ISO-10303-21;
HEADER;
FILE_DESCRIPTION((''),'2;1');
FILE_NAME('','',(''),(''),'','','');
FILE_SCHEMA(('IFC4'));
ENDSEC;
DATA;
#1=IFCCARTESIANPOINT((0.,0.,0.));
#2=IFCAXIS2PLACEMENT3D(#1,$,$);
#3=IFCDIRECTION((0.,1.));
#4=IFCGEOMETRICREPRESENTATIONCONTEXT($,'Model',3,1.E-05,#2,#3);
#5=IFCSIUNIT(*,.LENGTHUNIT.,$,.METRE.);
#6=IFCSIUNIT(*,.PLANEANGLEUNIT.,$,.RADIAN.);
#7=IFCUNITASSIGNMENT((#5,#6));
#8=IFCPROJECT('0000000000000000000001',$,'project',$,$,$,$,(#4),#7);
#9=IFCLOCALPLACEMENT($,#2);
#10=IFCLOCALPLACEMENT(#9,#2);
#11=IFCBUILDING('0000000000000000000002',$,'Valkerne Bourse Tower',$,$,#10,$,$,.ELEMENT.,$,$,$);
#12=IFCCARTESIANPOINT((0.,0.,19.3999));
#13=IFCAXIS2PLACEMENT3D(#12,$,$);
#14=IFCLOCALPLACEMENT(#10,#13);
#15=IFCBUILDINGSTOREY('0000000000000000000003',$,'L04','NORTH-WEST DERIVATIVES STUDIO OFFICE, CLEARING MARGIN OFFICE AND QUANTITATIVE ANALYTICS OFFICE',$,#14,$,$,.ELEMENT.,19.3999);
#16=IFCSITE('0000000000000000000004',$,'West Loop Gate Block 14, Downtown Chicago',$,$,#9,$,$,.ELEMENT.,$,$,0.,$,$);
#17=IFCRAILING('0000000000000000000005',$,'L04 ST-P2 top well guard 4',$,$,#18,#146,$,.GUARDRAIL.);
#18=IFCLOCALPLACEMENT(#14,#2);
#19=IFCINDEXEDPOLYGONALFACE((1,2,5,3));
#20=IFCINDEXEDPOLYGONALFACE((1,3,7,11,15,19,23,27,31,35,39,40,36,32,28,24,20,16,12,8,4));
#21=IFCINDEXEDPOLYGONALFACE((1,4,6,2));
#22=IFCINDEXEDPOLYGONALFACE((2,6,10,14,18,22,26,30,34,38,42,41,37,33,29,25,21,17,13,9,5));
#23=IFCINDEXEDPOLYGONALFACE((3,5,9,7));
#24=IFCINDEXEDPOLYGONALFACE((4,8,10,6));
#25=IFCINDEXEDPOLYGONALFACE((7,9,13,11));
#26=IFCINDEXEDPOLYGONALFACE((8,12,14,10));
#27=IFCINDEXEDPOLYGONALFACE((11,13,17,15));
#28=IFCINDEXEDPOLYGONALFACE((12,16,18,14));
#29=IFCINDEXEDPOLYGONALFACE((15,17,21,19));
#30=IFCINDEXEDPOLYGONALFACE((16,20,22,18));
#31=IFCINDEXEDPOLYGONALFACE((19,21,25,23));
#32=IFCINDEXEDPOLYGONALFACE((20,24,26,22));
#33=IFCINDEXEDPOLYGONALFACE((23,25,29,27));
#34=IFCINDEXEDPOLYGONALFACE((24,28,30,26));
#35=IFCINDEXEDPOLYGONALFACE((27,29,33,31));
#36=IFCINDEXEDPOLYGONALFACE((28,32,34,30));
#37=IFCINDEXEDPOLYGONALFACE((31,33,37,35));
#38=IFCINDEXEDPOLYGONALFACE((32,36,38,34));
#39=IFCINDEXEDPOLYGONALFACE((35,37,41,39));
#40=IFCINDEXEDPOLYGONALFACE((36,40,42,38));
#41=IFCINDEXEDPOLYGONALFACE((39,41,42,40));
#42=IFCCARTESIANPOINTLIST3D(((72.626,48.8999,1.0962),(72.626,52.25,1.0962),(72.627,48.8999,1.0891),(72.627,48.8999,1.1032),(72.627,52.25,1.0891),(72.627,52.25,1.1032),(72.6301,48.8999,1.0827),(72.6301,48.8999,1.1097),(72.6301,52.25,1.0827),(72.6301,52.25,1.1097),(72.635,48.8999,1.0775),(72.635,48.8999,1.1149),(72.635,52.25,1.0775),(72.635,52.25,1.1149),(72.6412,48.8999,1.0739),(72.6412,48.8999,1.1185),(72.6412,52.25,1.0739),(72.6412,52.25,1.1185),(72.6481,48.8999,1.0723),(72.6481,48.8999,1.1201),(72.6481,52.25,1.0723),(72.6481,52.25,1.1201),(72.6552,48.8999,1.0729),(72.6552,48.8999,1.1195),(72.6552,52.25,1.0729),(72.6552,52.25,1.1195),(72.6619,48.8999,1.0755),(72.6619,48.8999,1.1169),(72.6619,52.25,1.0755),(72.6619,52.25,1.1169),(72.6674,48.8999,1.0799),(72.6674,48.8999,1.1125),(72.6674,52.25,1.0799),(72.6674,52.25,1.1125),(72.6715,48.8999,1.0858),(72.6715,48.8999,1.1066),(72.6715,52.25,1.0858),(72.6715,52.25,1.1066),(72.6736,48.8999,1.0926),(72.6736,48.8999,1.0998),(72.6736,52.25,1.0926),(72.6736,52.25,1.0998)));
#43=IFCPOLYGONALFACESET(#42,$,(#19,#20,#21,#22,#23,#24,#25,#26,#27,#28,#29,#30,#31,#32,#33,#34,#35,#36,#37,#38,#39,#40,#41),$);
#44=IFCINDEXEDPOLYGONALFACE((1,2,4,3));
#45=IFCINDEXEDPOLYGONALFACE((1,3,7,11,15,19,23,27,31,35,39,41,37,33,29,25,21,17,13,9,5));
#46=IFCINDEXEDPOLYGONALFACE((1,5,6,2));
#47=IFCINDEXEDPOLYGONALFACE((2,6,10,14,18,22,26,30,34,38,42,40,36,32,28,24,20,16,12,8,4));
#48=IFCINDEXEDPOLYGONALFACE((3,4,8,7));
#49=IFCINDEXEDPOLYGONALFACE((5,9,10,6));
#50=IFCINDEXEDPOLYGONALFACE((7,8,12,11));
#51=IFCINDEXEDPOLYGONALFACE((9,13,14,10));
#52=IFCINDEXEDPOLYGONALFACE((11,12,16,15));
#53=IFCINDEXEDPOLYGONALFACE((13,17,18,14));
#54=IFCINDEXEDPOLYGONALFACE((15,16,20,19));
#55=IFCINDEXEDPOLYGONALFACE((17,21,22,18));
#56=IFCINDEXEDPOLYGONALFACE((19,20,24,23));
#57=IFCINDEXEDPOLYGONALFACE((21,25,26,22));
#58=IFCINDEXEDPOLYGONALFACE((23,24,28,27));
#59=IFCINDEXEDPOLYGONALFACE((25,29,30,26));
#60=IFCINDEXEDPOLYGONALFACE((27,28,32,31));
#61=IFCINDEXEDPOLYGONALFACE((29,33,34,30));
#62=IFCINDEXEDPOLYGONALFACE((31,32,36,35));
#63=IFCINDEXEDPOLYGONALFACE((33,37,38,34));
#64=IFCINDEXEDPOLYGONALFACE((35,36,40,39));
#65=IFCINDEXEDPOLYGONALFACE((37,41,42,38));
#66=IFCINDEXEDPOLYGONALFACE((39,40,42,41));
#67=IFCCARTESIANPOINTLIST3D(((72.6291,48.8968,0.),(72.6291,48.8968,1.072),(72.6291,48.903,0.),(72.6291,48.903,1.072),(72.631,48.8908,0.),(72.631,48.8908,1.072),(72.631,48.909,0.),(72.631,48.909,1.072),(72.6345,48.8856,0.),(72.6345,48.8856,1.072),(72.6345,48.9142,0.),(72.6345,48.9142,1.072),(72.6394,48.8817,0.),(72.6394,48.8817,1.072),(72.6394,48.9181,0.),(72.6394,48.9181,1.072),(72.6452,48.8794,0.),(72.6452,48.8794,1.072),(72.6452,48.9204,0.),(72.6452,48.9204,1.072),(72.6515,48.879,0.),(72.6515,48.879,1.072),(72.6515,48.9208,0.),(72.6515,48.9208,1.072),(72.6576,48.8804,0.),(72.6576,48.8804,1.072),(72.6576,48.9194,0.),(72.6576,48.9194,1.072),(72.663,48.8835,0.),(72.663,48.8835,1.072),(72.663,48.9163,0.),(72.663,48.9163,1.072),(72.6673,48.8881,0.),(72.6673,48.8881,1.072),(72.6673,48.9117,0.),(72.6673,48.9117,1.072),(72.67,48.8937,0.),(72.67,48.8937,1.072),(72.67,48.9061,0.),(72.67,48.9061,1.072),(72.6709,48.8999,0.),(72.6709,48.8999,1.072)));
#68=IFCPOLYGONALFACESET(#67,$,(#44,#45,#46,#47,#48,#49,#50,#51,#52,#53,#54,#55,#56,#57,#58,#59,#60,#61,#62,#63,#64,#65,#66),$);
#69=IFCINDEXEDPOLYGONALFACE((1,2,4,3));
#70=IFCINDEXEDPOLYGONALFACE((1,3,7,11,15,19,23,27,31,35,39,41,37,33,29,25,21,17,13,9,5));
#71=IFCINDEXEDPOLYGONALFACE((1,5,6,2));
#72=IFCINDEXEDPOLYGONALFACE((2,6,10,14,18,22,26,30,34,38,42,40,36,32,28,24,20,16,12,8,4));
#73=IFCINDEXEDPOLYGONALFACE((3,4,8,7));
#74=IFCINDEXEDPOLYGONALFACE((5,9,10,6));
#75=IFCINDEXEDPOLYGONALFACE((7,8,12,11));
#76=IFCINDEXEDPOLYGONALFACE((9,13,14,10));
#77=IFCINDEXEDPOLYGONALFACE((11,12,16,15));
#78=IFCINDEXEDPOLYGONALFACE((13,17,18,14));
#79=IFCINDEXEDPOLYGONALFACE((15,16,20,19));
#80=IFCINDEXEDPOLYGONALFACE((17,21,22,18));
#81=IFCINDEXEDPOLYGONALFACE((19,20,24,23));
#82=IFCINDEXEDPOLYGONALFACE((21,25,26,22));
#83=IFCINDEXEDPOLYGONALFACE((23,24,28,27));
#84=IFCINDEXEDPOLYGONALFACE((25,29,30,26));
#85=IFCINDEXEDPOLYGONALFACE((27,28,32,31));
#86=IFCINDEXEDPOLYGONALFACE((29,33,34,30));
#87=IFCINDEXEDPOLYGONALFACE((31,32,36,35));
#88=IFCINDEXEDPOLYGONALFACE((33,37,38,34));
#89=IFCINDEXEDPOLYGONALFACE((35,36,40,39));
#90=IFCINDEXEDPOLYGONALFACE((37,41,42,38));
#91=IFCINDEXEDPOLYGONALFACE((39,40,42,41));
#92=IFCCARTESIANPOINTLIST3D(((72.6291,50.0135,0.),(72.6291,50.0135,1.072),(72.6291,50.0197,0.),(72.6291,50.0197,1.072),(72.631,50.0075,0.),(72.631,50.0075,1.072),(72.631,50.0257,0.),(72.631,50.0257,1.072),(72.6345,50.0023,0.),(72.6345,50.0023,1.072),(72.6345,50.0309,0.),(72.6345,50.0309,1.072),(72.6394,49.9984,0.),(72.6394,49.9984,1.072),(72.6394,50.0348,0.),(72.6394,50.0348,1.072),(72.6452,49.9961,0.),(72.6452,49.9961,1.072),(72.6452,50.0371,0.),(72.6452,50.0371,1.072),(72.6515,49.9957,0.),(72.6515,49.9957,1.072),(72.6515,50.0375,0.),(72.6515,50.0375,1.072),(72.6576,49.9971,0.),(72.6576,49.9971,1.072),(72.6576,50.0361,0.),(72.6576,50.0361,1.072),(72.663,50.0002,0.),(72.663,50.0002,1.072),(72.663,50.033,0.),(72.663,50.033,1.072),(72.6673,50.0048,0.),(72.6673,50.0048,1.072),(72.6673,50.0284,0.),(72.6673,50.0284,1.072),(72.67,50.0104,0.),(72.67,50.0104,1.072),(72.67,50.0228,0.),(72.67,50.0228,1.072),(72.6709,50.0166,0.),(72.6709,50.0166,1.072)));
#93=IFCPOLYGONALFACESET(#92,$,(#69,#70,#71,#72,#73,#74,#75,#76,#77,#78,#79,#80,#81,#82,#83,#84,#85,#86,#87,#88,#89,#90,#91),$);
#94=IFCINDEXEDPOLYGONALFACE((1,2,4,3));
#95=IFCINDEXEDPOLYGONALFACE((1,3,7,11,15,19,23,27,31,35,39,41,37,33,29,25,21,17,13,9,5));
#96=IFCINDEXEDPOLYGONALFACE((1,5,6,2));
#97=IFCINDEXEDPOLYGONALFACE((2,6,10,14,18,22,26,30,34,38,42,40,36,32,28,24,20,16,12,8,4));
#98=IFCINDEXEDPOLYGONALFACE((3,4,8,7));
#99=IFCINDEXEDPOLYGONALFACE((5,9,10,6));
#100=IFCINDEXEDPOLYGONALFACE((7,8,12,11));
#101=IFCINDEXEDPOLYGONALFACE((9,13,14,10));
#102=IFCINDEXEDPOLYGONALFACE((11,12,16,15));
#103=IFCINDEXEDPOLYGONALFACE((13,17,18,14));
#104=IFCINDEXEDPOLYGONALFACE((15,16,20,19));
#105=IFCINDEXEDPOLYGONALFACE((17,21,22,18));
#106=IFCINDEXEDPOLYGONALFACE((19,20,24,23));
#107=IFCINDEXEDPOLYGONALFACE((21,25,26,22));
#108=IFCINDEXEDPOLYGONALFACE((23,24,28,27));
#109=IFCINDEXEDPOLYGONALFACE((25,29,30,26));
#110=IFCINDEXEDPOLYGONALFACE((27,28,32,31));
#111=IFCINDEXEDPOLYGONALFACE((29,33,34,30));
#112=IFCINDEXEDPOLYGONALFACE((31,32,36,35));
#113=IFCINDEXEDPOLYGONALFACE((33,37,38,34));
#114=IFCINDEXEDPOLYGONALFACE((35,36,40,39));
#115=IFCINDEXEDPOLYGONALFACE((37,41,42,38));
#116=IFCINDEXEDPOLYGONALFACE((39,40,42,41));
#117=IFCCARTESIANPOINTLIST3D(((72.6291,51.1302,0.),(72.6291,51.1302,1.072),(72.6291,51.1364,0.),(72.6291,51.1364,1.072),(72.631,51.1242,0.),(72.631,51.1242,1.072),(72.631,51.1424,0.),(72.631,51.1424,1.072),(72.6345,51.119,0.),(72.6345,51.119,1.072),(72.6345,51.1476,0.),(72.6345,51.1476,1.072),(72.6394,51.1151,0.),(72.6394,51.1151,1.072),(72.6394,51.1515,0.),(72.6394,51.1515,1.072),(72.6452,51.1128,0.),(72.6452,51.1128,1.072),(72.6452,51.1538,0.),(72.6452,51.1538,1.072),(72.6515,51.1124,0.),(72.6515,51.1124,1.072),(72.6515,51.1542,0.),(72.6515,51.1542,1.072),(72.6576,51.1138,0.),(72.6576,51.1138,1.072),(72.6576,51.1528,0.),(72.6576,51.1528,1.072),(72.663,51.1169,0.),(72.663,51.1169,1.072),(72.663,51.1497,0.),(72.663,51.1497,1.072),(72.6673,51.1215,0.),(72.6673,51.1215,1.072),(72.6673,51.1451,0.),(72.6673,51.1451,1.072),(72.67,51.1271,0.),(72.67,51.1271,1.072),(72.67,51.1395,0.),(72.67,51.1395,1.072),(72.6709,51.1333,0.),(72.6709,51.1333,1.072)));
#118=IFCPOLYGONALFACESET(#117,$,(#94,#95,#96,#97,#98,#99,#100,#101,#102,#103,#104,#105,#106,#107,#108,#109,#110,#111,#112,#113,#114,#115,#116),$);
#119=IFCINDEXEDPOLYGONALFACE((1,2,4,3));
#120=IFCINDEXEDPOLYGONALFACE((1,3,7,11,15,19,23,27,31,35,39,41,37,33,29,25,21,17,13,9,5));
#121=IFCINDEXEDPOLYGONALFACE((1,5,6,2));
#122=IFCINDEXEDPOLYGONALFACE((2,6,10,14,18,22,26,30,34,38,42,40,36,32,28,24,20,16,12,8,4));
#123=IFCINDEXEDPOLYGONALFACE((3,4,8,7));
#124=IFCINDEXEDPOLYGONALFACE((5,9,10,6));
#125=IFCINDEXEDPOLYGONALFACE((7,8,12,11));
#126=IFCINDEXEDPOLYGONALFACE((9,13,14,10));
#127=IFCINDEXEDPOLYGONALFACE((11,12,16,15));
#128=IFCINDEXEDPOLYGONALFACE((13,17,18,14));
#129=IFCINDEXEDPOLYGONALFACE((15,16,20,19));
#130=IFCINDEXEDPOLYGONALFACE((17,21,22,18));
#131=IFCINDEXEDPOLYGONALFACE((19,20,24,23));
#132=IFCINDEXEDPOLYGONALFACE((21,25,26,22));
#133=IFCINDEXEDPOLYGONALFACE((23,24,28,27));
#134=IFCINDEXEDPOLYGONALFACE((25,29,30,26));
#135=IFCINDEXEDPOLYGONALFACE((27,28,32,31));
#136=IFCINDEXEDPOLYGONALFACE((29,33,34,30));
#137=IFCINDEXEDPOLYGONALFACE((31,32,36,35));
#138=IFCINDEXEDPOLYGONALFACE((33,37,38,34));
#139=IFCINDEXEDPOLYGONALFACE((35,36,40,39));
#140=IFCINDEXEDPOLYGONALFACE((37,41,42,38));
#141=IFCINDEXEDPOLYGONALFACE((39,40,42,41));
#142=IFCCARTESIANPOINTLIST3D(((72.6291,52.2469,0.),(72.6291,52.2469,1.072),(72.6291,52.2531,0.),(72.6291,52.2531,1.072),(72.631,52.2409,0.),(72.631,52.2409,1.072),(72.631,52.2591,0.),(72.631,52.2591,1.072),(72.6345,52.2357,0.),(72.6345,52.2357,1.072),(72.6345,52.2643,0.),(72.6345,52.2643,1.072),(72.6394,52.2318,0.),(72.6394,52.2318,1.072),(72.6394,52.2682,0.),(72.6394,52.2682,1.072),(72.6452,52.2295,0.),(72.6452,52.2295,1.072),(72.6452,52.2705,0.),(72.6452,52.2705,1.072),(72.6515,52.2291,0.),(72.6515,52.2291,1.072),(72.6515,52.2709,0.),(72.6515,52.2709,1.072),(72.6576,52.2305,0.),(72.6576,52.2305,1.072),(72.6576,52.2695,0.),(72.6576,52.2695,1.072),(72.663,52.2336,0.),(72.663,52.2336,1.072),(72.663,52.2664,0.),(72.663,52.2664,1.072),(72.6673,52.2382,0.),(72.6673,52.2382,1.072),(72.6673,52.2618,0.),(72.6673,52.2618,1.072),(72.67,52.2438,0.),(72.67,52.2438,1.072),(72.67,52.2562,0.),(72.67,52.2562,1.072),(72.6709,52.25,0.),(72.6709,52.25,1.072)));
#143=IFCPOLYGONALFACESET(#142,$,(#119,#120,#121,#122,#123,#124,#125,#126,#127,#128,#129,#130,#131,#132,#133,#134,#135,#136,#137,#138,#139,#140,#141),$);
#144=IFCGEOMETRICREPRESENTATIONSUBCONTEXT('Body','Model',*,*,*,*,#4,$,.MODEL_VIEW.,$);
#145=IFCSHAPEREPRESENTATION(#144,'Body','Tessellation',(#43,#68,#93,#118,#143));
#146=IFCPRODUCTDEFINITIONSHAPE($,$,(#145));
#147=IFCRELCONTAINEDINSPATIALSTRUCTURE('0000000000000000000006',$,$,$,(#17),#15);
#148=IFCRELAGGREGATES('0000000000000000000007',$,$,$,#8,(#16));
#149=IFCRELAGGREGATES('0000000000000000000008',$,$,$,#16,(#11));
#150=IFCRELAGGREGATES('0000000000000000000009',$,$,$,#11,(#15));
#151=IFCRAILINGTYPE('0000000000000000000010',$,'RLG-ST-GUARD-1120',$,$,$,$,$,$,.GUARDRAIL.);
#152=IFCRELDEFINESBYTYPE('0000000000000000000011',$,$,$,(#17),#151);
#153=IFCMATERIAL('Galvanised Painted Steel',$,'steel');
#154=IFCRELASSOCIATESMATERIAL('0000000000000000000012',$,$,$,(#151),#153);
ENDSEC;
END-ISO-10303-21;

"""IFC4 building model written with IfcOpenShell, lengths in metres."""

from ifc_helpers import new_model, si_unit, direction, frame, origin, origin_2d, place, context, subcontext, project, spatial, circle, extrude, material, type_object, element, save


model = new_model("IFC4")

# Units and contexts
model_context = context("Model", 3, precision=1e-05, world=origin(), true_north=direction((0.0, 1.0)))
body_context = subcontext(model_context, "Body", "Model", "MODEL_VIEW")
ifc_project = project(units=[si_unit("LENGTHUNIT", "METRE"), si_unit("PLANEANGLEUNIT", "RADIAN")], contexts=[model_context])

# Site, building, storey
site_placement = place(None, origin())
site = spatial("IfcSite", under=ifc_project, at=site_placement, Name="West Loop Gate Block 14, Downtown Chicago", CompositionType="ELEMENT", RefElevation=0.0)
building_placement = place(site_placement, origin())
building = spatial("IfcBuilding", under=site, at=building_placement, Name="Valkerne Bourse Tower", CompositionType="ELEMENT")
storey_placement = place(building_placement, frame((0.0, 0.0, 19.3999)))
storey = spatial("IfcBuildingStorey", under=building, at=storey_placement, Name="L04", Description="NORTH-WEST DERIVATIVES STUDIO OFFICE, CLEARING MARGIN OFFICE AND QUANTITATIVE ANALYTICS OFFICE", CompositionType="ELEMENT", Elevation=19.3999)

# Shared definitions
ifc_material_1 = material(Name="Galvanised Painted Steel", Category="steel")

# Railing
railing_type_1 = type_object("IfcRailingType", Name="RLG-ST-GUARD-1120", PredefinedType="GUARDRAIL", material=ifc_material_1)
railing_1_placement = place(storey_placement, frame((72.6499, 48.8999, 0.0)))
element("IfcRailing", 1, at=railing_1_placement, inside=storey, type_object=railing_type_1, Name="L04 ST-P2 top well guard 4", PredefinedType="GUARDRAIL", context=body_context, shape_type="SweptSolid", body=[
    extrude(circle(Radius=0.0239, at=origin_2d()), frame((0.0, 0.0, 1.0962), z_axis=(0.0, 1.0, 0.0), x_axis=(-1.0, 0.0, 0.0)), (0.0, 0.0, 1.0), 3.3501),
    extrude(circle(Radius=0.021, at=origin_2d()), origin(), (0.0, 0.0, 1.0), 1.072),
    extrude(circle(Radius=0.021, at=origin_2d()), frame((0.0, 1.1167, 0.0)), (0.0, 0.0, 1.0), 1.072),
    extrude(circle(Radius=0.021, at=origin_2d()), frame((0.0, 2.2334, 0.0)), (0.0, 0.0, 1.0), 1.072),
    extrude(circle(Radius=0.021, at=origin_2d()), frame((0.0, 3.3501, 0.0)), (0.0, 0.0, 1.0), 1.072),
])

save(model, "model.ifc")
